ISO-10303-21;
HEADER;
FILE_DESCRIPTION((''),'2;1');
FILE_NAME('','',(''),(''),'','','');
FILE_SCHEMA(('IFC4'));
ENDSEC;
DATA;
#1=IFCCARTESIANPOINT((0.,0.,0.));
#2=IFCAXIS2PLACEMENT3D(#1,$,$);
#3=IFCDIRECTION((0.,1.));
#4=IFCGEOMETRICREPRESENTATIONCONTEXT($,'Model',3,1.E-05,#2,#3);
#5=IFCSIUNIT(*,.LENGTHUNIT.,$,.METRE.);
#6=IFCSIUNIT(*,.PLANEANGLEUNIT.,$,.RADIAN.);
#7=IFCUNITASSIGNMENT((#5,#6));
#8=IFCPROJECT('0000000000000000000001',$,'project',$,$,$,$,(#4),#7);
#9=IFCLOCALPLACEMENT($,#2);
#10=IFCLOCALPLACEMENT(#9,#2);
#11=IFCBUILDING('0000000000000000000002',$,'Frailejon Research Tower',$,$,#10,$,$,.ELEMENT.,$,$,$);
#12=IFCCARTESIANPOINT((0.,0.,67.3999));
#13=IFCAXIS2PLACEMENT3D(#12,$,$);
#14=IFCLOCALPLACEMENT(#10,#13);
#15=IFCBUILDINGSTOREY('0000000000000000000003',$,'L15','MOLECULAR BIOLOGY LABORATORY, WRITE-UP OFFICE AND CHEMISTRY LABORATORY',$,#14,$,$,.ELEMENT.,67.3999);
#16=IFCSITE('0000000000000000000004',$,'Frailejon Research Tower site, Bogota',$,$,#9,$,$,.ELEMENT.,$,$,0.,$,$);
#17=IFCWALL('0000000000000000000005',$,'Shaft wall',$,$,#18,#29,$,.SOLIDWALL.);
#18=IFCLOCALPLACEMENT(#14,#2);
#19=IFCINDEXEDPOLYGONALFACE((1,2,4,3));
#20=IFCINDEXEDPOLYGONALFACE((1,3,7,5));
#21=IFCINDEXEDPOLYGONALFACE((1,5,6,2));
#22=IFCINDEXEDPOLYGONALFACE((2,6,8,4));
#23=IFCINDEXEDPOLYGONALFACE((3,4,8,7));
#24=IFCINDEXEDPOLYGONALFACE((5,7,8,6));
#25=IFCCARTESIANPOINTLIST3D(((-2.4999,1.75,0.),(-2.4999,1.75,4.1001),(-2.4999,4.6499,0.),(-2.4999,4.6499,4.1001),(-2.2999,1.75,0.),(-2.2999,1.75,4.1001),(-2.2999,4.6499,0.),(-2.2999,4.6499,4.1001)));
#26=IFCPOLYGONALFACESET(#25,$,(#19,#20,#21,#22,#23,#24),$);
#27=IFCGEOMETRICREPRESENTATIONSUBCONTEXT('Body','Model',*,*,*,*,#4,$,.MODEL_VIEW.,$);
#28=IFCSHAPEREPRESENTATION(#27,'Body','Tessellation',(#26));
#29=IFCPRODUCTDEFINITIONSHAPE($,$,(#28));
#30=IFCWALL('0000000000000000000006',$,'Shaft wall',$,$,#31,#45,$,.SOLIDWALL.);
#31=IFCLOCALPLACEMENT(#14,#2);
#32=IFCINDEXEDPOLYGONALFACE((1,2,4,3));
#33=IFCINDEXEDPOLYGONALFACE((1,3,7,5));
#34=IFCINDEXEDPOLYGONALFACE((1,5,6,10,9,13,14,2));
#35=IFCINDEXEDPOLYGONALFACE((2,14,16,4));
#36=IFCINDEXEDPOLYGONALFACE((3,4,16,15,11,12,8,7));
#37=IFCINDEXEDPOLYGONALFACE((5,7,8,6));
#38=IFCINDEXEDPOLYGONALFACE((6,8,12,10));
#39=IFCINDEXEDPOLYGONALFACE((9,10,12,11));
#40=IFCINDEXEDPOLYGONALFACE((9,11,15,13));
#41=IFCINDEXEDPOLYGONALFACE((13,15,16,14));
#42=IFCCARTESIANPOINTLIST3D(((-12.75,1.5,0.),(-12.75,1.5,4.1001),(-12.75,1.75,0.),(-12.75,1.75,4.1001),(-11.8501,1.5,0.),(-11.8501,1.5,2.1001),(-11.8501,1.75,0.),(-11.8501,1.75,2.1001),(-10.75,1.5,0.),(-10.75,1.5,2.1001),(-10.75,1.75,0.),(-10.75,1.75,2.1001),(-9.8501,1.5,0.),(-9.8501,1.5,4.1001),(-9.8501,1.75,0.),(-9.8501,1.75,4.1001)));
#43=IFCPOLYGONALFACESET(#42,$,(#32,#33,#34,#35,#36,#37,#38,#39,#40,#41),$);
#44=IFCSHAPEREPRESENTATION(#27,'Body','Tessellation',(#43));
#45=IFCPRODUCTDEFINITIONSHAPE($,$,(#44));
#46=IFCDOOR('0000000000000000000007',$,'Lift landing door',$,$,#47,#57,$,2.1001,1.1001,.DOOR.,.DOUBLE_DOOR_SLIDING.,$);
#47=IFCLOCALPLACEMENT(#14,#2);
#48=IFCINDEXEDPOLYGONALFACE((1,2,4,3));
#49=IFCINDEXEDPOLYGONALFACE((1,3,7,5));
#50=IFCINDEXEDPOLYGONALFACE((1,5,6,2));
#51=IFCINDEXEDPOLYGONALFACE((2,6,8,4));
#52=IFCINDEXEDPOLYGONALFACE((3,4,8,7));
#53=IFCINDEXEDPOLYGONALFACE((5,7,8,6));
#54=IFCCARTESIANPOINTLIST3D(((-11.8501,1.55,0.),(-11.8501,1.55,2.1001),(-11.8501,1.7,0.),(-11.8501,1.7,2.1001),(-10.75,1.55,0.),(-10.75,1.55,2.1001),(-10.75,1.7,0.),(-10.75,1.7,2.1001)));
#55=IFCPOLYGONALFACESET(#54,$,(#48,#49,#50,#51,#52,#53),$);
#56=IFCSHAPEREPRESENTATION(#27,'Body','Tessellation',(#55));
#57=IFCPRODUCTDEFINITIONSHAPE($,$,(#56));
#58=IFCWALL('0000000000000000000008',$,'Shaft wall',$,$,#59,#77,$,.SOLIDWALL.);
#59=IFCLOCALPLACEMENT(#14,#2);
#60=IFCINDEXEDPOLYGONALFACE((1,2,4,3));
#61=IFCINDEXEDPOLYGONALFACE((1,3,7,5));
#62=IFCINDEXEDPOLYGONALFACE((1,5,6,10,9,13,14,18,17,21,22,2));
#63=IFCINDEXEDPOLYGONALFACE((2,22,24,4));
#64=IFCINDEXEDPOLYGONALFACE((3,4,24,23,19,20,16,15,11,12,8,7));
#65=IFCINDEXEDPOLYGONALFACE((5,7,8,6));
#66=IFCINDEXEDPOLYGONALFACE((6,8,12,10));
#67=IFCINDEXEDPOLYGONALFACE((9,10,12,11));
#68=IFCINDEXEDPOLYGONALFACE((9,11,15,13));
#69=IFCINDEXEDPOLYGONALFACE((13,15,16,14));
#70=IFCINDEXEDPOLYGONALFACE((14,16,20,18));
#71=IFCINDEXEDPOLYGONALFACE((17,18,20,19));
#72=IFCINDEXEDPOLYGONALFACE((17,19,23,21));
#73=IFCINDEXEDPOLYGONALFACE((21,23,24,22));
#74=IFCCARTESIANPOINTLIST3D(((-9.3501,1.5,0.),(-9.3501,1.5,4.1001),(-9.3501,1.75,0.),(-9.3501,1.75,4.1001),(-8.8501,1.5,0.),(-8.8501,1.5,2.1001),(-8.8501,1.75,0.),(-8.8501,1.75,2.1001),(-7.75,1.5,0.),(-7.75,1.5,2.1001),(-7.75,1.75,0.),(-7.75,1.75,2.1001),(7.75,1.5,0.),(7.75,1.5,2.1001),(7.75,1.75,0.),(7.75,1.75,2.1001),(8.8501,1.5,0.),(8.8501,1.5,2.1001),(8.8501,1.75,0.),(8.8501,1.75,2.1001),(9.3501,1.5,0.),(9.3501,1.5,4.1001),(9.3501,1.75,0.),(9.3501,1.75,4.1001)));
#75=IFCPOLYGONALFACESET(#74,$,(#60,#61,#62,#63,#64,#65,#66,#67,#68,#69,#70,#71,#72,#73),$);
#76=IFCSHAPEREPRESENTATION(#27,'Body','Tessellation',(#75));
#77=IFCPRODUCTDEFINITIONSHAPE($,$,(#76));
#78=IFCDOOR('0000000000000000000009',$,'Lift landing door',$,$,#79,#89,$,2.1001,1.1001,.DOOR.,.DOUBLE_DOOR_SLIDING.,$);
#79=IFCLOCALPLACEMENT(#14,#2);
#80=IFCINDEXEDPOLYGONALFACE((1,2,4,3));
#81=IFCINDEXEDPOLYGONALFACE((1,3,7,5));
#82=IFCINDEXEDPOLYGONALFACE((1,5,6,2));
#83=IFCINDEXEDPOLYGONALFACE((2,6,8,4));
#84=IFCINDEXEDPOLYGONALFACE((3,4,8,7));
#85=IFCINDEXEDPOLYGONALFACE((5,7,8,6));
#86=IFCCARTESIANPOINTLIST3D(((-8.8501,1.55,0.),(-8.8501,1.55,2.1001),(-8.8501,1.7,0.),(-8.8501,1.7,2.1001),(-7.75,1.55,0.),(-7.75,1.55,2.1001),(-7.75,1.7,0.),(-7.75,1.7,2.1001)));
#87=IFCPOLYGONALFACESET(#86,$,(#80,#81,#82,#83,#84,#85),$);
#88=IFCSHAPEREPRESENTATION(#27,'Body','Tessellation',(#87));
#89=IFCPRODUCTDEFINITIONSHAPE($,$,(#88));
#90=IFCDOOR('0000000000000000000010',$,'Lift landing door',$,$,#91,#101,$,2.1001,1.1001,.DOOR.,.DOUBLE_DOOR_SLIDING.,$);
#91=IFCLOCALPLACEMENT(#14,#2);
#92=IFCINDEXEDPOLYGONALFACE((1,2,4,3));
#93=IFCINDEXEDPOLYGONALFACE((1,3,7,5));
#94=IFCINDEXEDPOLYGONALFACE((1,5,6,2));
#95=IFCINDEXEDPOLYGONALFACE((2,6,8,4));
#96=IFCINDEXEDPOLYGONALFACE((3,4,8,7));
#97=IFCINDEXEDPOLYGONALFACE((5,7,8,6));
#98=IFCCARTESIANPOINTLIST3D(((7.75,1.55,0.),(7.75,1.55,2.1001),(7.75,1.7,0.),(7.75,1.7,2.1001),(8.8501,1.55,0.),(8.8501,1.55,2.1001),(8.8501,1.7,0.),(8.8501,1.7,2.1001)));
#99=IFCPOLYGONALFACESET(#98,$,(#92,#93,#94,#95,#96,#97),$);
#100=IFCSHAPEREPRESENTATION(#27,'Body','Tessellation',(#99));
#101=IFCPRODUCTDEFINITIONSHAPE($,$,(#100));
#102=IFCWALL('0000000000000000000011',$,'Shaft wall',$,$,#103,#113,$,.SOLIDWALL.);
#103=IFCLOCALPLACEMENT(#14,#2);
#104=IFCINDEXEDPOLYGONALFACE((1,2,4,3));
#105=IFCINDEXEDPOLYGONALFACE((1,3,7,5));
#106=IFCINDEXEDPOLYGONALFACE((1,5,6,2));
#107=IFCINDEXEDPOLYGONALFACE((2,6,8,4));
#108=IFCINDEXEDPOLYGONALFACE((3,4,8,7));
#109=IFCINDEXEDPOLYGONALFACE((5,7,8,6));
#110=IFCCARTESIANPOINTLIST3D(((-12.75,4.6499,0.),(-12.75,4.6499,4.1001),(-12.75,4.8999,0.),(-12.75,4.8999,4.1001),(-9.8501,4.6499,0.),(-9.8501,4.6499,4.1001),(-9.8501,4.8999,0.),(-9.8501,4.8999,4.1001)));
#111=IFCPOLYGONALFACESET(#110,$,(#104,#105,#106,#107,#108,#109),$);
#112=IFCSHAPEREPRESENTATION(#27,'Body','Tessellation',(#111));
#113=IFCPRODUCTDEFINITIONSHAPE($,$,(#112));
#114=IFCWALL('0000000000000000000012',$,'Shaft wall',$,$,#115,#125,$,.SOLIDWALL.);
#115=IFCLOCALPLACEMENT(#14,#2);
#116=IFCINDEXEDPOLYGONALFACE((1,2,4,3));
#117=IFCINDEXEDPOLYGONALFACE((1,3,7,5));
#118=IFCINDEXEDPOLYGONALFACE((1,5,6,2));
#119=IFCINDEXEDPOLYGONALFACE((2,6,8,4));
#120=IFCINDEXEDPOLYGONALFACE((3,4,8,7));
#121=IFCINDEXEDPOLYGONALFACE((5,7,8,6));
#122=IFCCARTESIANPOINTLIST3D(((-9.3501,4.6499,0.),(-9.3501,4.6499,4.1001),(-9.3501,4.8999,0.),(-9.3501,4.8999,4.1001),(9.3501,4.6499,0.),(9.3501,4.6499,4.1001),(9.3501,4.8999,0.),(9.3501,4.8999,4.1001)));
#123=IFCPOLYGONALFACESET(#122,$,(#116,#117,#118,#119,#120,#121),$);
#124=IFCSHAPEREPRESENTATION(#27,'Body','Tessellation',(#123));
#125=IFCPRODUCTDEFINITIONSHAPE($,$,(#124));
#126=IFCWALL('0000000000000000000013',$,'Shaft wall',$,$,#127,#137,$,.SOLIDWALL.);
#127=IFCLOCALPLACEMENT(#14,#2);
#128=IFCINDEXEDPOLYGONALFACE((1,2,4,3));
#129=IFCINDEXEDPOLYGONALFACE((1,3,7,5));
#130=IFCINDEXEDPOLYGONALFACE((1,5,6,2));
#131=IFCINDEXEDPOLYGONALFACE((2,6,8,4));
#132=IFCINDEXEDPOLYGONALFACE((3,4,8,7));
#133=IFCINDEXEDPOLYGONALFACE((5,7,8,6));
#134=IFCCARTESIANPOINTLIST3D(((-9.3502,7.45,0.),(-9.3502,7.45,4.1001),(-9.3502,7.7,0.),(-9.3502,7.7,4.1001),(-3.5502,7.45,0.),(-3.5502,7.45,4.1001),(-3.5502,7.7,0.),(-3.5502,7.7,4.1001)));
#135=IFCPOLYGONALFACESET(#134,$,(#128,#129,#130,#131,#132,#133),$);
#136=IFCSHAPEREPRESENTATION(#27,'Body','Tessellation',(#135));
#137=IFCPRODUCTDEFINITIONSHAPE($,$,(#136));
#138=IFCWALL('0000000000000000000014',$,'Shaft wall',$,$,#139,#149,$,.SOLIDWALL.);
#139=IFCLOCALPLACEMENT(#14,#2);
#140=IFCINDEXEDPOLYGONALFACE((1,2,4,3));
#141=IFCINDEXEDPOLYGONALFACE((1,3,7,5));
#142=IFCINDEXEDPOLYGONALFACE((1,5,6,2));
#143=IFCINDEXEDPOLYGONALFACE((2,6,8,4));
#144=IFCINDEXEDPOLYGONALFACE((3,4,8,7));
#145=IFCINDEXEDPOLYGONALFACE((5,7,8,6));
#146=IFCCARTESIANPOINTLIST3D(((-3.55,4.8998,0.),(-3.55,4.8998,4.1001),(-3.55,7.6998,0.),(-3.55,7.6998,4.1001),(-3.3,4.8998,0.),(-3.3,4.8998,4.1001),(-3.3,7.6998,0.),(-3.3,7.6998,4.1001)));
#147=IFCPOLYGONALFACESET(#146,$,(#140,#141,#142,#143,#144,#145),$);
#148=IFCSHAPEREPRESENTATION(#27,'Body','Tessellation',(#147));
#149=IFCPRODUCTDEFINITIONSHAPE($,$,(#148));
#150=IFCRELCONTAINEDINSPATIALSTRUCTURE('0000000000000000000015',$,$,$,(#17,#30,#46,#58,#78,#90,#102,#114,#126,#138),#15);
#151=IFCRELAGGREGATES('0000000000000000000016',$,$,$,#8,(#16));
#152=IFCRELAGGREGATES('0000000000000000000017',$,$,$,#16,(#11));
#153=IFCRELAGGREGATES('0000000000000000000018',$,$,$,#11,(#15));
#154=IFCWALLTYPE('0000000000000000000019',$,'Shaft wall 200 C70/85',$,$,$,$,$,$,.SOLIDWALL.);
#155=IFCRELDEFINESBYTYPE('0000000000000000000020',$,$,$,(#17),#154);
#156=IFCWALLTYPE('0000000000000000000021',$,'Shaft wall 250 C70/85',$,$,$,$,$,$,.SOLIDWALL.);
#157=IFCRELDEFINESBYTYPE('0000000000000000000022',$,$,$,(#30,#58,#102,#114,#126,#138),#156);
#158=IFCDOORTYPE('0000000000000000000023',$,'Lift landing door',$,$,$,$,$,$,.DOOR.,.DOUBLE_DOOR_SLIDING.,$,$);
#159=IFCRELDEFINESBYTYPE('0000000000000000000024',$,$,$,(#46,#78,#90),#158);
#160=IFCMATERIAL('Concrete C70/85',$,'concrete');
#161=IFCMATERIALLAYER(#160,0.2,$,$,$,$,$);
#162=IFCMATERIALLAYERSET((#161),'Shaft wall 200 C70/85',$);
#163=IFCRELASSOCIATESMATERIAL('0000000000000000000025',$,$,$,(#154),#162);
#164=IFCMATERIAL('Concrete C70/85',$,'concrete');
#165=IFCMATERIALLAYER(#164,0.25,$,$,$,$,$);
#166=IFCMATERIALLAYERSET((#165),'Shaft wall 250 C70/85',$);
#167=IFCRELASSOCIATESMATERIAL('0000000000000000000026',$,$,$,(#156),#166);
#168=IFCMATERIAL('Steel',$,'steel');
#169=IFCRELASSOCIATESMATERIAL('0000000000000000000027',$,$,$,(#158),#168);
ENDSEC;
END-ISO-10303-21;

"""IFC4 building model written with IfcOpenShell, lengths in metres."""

from ifc_helpers import new_model, si_unit, direction, frame, frame_2d, origin, place, context, subcontext, project, spatial, rectangle, extrude, material, layer, layer_set, type_object, element, fill, save


model = new_model("IFC4")

# Units and contexts
model_context = context("Model", 3, precision=1e-05, world=origin(), true_north=direction((0.0, 1.0)))
body_context = subcontext(model_context, "Body", "Model", "MODEL_VIEW")
ifc_project = project(units=[si_unit("LENGTHUNIT", "METRE"), si_unit("PLANEANGLEUNIT", "RADIAN")], contexts=[model_context])

# Site, building, storey
site_placement = place(None, origin())
site = spatial("IfcSite", under=ifc_project, at=site_placement, Name="Frailejon Research Tower site, Bogota", CompositionType="ELEMENT", RefElevation=0.0)
building_placement = place(site_placement, origin())
building = spatial("IfcBuilding", under=site, at=building_placement, Name="Frailejon Research Tower", CompositionType="ELEMENT")
storey_placement = place(building_placement, frame((0.0, 0.0, 67.3999)))
storey = spatial("IfcBuildingStorey", under=building, at=storey_placement, Name="L15", Description="MOLECULAR BIOLOGY LABORATORY, WRITE-UP OFFICE AND CHEMISTRY LABORATORY", CompositionType="ELEMENT", Elevation=67.3999)

# Wall
ifc_material_1 = material(Name="Concrete C70/85", Category="concrete")
ifc_layer_1 = layer(ifc_material_1, 0.2)
ifc_layer_set_1 = layer_set([ifc_layer_1], Name="Shaft wall 200 C70/85")
wall_type_1 = type_object("IfcWallType", Name="Shaft wall 200 C70/85", PredefinedType="SOLIDWALL", material=ifc_layer_set_1)
for number, where, z_axis, x_axis, name in (
    (1, (-2.3999, 1.75, 0.0), (0.0, 0.0, 1.0), (0.0, 1.0, 0.0), "Shaft wall"),
):
    element("IfcWall", number, at=place(storey_placement, frame(where, z_axis=z_axis, x_axis=x_axis)), inside=storey, type_object=wall_type_1, Name=name, PredefinedType="SOLIDWALL", context=body_context, shape_type="SweptSolid", body=[
        extrude(rectangle(XDim=2.8999, YDim=0.2, at=frame_2d((1.45, 0.0))), origin(), (0.0, 0.0, 1.0), 4.1001),
    ])

# Wall, opening, door
ifc_material_2 = material(Name="Concrete C70/85", Category="concrete")
ifc_layer_2 = layer(ifc_material_2, 0.25)
ifc_layer_set_2 = layer_set([ifc_layer_2], Name="Shaft wall 250 C70/85")
wall_type_2 = type_object("IfcWallType", Name="Shaft wall 250 C70/85", PredefinedType="SOLIDWALL", material=ifc_layer_set_2)
wall_1_placement = place(storey_placement, frame((-12.75, 1.625, 0.0), z_axis=(0.0, 0.0, 1.0), x_axis=(1.0, 0.0, 0.0)))
wall_1 = element("IfcWall", 2, at=wall_1_placement, inside=storey, type_object=wall_type_2, Name="Shaft wall", PredefinedType="SOLIDWALL", context=body_context, shape_type="SweptSolid", body=[
    extrude(rectangle(XDim=2.8999, YDim=0.25, at=frame_2d((1.45, 0.0))), origin(), (0.0, 0.0, 1.0), 4.1001),
])
opening_1_placement = place(wall_1_placement, frame((0.8999, 0.0, 0.0)))
opening_1 = element("IfcOpeningElement", 3, at=opening_1_placement, cuts=wall_1, PredefinedType="OPENING", context=body_context, shape_type="SweptSolid", body=[
    extrude(rectangle(XDim=1.1001, YDim=2.1001, at=frame_2d((0.55, 1.05))), frame((0.0, 0.135, 0.0), z_axis=(0.0, -1.0, 0.0), x_axis=(1.0, 0.0, 0.0)), (0.0, 0.0, 1.0), 0.27),
])
ifc_material_3 = material(Name="Steel", Category="steel")
door_type_1 = type_object("IfcDoorType", Name="Lift landing door", OperationType="DOUBLE_DOOR_SLIDING", PredefinedType="DOOR", material=ifc_material_3)
door_1_placement = place(opening_1_placement, origin())
door_1 = element("IfcDoor", 4, at=door_1_placement, inside=storey, type_object=door_type_1, Name="Lift landing door", OperationType="DOUBLE_DOOR_SLIDING", OverallHeight=2.1001, OverallWidth=1.1001, PredefinedType="DOOR", context=body_context, shape_type="SweptSolid", body=[
    extrude(rectangle(XDim=1.1001, YDim=2.1001, at=frame_2d((0.55, 1.05))), frame((0.0, 0.075, 0.0), z_axis=(0.0, -1.0, 0.0), x_axis=(1.0, 0.0, 0.0)), (0.0, 0.0, 1.0), 0.1499),
])
fill(opening_1, door_1)

# Wall, openings, doors
wall_2_placement = place(storey_placement, frame((-9.3501, 1.625, 0.0), z_axis=(0.0, 0.0, 1.0), x_axis=(1.0, 0.0, 0.0)))
wall_2 = element("IfcWall", 5, at=wall_2_placement, inside=storey, type_object=wall_type_2, Name="Shaft wall", PredefinedType="SOLIDWALL", context=body_context, shape_type="SweptSolid", body=[
    extrude(rectangle(XDim=18.7002, YDim=0.25, at=frame_2d((9.3501, 0.0))), origin(), (0.0, 0.0, 1.0), 4.1001),
])
opening_2_placement = place(wall_2_placement, frame((0.5, 0.0, 0.0)))
opening_2 = element("IfcOpeningElement", 6, at=opening_2_placement, cuts=wall_2, PredefinedType="OPENING", context=body_context, shape_type="SweptSolid", body=[
    extrude(rectangle(XDim=1.1001, YDim=2.1001, at=frame_2d((0.55, 1.05))), frame((0.0, 0.135, 0.0), z_axis=(0.0, -1.0, 0.0), x_axis=(1.0, 0.0, 0.0)), (0.0, 0.0, 1.0), 0.27),
])
opening_3_placement = place(wall_2_placement, frame((17.1001, 0.0, 0.0)))
opening_3 = element("IfcOpeningElement", 7, at=opening_3_placement, cuts=wall_2, PredefinedType="OPENING", context=body_context, shape_type="SweptSolid", body=[
    extrude(rectangle(XDim=1.1001, YDim=2.1001, at=frame_2d((0.55, 1.05))), frame((0.0, 0.135, 0.0), z_axis=(0.0, -1.0, 0.0), x_axis=(1.0, 0.0, 0.0)), (0.0, 0.0, 1.0), 0.27),
])
door_2_placement = place(opening_2_placement, origin())
door_2 = element("IfcDoor", 8, at=door_2_placement, inside=storey, type_object=door_type_1, Name="Lift landing door", OperationType="DOUBLE_DOOR_SLIDING", OverallHeight=2.1001, OverallWidth=1.1001, PredefinedType="DOOR", context=body_context, shape_type="SweptSolid", body=[
    extrude(rectangle(XDim=1.1001, YDim=2.1001, at=frame_2d((0.55, 1.05))), frame((0.0, 0.075, 0.0), z_axis=(0.0, -1.0, 0.0), x_axis=(1.0, 0.0, 0.0)), (0.0, 0.0, 1.0), 0.1499),
])
fill(opening_2, door_2)
door_3_placement = place(opening_3_placement, origin())
door_3 = element("IfcDoor", 9, at=door_3_placement, inside=storey, type_object=door_type_1, Name="Lift landing door", OperationType="DOUBLE_DOOR_SLIDING", OverallHeight=2.1001, OverallWidth=1.1001, PredefinedType="DOOR", context=body_context, shape_type="SweptSolid", body=[
    extrude(rectangle(XDim=1.1001, YDim=2.1001, at=frame_2d((0.55, 1.05))), frame((0.0, 0.075, 0.0), z_axis=(0.0, -1.0, 0.0), x_axis=(1.0, 0.0, 0.0)), (0.0, 0.0, 1.0), 0.1499),
])
fill(opening_3, door_3)

# Walls
wall_3_placement = place(storey_placement, frame((-12.75, 4.7749, 0.0), z_axis=(0.0, 0.0, 1.0), x_axis=(1.0, 0.0, 0.0)))
element("IfcWall", 10, at=wall_3_placement, inside=storey, type_object=wall_type_2, Name="Shaft wall", PredefinedType="SOLIDWALL", context=body_context, shape_type="SweptSolid", body=[
    extrude(rectangle(XDim=2.8999, YDim=0.25, at=frame_2d((1.45, 0.0))), origin(), (0.0, 0.0, 1.0), 4.1001),
])
wall_4_placement = place(storey_placement, frame((-9.3501, 4.7749, 0.0), z_axis=(0.0, 0.0, 1.0), x_axis=(1.0, 0.0, 0.0)))
element("IfcWall", 11, at=wall_4_placement, inside=storey, type_object=wall_type_2, Name="Shaft wall", PredefinedType="SOLIDWALL", context=body_context, shape_type="SweptSolid", body=[
    extrude(rectangle(XDim=18.7002, YDim=0.25, at=frame_2d((9.3501, 0.0))), origin(), (0.0, 0.0, 1.0), 4.1001),
])
wall_5_placement = place(storey_placement, frame((-9.3501, 7.575, 0.0), z_axis=(0.0, 0.0, 1.0), x_axis=(1.0, 0.0, 0.0)))
element("IfcWall", 12, at=wall_5_placement, inside=storey, type_object=wall_type_2, Name="Shaft wall", PredefinedType="SOLIDWALL", context=body_context, shape_type="SweptSolid", body=[
    extrude(rectangle(XDim=5.8, YDim=0.25, at=frame_2d((2.8999, 0.0))), origin(), (0.0, 0.0, 1.0), 4.1001),
])
wall_6_placement = place(storey_placement, frame((-3.425, 4.8999, 0.0), z_axis=(0.0, 0.0, 1.0), x_axis=(0.0, 1.0, 0.0)))
element("IfcWall", 13, at=wall_6_placement, inside=storey, type_object=wall_type_2, Name="Shaft wall", PredefinedType="SOLIDWALL", context=body_context, shape_type="SweptSolid", body=[
    extrude(rectangle(XDim=2.8, YDim=0.25, at=frame_2d((1.3999, 0.0))), origin(), (0.0, 0.0, 1.0), 4.1001),
])

save(model, "model.ifc")
